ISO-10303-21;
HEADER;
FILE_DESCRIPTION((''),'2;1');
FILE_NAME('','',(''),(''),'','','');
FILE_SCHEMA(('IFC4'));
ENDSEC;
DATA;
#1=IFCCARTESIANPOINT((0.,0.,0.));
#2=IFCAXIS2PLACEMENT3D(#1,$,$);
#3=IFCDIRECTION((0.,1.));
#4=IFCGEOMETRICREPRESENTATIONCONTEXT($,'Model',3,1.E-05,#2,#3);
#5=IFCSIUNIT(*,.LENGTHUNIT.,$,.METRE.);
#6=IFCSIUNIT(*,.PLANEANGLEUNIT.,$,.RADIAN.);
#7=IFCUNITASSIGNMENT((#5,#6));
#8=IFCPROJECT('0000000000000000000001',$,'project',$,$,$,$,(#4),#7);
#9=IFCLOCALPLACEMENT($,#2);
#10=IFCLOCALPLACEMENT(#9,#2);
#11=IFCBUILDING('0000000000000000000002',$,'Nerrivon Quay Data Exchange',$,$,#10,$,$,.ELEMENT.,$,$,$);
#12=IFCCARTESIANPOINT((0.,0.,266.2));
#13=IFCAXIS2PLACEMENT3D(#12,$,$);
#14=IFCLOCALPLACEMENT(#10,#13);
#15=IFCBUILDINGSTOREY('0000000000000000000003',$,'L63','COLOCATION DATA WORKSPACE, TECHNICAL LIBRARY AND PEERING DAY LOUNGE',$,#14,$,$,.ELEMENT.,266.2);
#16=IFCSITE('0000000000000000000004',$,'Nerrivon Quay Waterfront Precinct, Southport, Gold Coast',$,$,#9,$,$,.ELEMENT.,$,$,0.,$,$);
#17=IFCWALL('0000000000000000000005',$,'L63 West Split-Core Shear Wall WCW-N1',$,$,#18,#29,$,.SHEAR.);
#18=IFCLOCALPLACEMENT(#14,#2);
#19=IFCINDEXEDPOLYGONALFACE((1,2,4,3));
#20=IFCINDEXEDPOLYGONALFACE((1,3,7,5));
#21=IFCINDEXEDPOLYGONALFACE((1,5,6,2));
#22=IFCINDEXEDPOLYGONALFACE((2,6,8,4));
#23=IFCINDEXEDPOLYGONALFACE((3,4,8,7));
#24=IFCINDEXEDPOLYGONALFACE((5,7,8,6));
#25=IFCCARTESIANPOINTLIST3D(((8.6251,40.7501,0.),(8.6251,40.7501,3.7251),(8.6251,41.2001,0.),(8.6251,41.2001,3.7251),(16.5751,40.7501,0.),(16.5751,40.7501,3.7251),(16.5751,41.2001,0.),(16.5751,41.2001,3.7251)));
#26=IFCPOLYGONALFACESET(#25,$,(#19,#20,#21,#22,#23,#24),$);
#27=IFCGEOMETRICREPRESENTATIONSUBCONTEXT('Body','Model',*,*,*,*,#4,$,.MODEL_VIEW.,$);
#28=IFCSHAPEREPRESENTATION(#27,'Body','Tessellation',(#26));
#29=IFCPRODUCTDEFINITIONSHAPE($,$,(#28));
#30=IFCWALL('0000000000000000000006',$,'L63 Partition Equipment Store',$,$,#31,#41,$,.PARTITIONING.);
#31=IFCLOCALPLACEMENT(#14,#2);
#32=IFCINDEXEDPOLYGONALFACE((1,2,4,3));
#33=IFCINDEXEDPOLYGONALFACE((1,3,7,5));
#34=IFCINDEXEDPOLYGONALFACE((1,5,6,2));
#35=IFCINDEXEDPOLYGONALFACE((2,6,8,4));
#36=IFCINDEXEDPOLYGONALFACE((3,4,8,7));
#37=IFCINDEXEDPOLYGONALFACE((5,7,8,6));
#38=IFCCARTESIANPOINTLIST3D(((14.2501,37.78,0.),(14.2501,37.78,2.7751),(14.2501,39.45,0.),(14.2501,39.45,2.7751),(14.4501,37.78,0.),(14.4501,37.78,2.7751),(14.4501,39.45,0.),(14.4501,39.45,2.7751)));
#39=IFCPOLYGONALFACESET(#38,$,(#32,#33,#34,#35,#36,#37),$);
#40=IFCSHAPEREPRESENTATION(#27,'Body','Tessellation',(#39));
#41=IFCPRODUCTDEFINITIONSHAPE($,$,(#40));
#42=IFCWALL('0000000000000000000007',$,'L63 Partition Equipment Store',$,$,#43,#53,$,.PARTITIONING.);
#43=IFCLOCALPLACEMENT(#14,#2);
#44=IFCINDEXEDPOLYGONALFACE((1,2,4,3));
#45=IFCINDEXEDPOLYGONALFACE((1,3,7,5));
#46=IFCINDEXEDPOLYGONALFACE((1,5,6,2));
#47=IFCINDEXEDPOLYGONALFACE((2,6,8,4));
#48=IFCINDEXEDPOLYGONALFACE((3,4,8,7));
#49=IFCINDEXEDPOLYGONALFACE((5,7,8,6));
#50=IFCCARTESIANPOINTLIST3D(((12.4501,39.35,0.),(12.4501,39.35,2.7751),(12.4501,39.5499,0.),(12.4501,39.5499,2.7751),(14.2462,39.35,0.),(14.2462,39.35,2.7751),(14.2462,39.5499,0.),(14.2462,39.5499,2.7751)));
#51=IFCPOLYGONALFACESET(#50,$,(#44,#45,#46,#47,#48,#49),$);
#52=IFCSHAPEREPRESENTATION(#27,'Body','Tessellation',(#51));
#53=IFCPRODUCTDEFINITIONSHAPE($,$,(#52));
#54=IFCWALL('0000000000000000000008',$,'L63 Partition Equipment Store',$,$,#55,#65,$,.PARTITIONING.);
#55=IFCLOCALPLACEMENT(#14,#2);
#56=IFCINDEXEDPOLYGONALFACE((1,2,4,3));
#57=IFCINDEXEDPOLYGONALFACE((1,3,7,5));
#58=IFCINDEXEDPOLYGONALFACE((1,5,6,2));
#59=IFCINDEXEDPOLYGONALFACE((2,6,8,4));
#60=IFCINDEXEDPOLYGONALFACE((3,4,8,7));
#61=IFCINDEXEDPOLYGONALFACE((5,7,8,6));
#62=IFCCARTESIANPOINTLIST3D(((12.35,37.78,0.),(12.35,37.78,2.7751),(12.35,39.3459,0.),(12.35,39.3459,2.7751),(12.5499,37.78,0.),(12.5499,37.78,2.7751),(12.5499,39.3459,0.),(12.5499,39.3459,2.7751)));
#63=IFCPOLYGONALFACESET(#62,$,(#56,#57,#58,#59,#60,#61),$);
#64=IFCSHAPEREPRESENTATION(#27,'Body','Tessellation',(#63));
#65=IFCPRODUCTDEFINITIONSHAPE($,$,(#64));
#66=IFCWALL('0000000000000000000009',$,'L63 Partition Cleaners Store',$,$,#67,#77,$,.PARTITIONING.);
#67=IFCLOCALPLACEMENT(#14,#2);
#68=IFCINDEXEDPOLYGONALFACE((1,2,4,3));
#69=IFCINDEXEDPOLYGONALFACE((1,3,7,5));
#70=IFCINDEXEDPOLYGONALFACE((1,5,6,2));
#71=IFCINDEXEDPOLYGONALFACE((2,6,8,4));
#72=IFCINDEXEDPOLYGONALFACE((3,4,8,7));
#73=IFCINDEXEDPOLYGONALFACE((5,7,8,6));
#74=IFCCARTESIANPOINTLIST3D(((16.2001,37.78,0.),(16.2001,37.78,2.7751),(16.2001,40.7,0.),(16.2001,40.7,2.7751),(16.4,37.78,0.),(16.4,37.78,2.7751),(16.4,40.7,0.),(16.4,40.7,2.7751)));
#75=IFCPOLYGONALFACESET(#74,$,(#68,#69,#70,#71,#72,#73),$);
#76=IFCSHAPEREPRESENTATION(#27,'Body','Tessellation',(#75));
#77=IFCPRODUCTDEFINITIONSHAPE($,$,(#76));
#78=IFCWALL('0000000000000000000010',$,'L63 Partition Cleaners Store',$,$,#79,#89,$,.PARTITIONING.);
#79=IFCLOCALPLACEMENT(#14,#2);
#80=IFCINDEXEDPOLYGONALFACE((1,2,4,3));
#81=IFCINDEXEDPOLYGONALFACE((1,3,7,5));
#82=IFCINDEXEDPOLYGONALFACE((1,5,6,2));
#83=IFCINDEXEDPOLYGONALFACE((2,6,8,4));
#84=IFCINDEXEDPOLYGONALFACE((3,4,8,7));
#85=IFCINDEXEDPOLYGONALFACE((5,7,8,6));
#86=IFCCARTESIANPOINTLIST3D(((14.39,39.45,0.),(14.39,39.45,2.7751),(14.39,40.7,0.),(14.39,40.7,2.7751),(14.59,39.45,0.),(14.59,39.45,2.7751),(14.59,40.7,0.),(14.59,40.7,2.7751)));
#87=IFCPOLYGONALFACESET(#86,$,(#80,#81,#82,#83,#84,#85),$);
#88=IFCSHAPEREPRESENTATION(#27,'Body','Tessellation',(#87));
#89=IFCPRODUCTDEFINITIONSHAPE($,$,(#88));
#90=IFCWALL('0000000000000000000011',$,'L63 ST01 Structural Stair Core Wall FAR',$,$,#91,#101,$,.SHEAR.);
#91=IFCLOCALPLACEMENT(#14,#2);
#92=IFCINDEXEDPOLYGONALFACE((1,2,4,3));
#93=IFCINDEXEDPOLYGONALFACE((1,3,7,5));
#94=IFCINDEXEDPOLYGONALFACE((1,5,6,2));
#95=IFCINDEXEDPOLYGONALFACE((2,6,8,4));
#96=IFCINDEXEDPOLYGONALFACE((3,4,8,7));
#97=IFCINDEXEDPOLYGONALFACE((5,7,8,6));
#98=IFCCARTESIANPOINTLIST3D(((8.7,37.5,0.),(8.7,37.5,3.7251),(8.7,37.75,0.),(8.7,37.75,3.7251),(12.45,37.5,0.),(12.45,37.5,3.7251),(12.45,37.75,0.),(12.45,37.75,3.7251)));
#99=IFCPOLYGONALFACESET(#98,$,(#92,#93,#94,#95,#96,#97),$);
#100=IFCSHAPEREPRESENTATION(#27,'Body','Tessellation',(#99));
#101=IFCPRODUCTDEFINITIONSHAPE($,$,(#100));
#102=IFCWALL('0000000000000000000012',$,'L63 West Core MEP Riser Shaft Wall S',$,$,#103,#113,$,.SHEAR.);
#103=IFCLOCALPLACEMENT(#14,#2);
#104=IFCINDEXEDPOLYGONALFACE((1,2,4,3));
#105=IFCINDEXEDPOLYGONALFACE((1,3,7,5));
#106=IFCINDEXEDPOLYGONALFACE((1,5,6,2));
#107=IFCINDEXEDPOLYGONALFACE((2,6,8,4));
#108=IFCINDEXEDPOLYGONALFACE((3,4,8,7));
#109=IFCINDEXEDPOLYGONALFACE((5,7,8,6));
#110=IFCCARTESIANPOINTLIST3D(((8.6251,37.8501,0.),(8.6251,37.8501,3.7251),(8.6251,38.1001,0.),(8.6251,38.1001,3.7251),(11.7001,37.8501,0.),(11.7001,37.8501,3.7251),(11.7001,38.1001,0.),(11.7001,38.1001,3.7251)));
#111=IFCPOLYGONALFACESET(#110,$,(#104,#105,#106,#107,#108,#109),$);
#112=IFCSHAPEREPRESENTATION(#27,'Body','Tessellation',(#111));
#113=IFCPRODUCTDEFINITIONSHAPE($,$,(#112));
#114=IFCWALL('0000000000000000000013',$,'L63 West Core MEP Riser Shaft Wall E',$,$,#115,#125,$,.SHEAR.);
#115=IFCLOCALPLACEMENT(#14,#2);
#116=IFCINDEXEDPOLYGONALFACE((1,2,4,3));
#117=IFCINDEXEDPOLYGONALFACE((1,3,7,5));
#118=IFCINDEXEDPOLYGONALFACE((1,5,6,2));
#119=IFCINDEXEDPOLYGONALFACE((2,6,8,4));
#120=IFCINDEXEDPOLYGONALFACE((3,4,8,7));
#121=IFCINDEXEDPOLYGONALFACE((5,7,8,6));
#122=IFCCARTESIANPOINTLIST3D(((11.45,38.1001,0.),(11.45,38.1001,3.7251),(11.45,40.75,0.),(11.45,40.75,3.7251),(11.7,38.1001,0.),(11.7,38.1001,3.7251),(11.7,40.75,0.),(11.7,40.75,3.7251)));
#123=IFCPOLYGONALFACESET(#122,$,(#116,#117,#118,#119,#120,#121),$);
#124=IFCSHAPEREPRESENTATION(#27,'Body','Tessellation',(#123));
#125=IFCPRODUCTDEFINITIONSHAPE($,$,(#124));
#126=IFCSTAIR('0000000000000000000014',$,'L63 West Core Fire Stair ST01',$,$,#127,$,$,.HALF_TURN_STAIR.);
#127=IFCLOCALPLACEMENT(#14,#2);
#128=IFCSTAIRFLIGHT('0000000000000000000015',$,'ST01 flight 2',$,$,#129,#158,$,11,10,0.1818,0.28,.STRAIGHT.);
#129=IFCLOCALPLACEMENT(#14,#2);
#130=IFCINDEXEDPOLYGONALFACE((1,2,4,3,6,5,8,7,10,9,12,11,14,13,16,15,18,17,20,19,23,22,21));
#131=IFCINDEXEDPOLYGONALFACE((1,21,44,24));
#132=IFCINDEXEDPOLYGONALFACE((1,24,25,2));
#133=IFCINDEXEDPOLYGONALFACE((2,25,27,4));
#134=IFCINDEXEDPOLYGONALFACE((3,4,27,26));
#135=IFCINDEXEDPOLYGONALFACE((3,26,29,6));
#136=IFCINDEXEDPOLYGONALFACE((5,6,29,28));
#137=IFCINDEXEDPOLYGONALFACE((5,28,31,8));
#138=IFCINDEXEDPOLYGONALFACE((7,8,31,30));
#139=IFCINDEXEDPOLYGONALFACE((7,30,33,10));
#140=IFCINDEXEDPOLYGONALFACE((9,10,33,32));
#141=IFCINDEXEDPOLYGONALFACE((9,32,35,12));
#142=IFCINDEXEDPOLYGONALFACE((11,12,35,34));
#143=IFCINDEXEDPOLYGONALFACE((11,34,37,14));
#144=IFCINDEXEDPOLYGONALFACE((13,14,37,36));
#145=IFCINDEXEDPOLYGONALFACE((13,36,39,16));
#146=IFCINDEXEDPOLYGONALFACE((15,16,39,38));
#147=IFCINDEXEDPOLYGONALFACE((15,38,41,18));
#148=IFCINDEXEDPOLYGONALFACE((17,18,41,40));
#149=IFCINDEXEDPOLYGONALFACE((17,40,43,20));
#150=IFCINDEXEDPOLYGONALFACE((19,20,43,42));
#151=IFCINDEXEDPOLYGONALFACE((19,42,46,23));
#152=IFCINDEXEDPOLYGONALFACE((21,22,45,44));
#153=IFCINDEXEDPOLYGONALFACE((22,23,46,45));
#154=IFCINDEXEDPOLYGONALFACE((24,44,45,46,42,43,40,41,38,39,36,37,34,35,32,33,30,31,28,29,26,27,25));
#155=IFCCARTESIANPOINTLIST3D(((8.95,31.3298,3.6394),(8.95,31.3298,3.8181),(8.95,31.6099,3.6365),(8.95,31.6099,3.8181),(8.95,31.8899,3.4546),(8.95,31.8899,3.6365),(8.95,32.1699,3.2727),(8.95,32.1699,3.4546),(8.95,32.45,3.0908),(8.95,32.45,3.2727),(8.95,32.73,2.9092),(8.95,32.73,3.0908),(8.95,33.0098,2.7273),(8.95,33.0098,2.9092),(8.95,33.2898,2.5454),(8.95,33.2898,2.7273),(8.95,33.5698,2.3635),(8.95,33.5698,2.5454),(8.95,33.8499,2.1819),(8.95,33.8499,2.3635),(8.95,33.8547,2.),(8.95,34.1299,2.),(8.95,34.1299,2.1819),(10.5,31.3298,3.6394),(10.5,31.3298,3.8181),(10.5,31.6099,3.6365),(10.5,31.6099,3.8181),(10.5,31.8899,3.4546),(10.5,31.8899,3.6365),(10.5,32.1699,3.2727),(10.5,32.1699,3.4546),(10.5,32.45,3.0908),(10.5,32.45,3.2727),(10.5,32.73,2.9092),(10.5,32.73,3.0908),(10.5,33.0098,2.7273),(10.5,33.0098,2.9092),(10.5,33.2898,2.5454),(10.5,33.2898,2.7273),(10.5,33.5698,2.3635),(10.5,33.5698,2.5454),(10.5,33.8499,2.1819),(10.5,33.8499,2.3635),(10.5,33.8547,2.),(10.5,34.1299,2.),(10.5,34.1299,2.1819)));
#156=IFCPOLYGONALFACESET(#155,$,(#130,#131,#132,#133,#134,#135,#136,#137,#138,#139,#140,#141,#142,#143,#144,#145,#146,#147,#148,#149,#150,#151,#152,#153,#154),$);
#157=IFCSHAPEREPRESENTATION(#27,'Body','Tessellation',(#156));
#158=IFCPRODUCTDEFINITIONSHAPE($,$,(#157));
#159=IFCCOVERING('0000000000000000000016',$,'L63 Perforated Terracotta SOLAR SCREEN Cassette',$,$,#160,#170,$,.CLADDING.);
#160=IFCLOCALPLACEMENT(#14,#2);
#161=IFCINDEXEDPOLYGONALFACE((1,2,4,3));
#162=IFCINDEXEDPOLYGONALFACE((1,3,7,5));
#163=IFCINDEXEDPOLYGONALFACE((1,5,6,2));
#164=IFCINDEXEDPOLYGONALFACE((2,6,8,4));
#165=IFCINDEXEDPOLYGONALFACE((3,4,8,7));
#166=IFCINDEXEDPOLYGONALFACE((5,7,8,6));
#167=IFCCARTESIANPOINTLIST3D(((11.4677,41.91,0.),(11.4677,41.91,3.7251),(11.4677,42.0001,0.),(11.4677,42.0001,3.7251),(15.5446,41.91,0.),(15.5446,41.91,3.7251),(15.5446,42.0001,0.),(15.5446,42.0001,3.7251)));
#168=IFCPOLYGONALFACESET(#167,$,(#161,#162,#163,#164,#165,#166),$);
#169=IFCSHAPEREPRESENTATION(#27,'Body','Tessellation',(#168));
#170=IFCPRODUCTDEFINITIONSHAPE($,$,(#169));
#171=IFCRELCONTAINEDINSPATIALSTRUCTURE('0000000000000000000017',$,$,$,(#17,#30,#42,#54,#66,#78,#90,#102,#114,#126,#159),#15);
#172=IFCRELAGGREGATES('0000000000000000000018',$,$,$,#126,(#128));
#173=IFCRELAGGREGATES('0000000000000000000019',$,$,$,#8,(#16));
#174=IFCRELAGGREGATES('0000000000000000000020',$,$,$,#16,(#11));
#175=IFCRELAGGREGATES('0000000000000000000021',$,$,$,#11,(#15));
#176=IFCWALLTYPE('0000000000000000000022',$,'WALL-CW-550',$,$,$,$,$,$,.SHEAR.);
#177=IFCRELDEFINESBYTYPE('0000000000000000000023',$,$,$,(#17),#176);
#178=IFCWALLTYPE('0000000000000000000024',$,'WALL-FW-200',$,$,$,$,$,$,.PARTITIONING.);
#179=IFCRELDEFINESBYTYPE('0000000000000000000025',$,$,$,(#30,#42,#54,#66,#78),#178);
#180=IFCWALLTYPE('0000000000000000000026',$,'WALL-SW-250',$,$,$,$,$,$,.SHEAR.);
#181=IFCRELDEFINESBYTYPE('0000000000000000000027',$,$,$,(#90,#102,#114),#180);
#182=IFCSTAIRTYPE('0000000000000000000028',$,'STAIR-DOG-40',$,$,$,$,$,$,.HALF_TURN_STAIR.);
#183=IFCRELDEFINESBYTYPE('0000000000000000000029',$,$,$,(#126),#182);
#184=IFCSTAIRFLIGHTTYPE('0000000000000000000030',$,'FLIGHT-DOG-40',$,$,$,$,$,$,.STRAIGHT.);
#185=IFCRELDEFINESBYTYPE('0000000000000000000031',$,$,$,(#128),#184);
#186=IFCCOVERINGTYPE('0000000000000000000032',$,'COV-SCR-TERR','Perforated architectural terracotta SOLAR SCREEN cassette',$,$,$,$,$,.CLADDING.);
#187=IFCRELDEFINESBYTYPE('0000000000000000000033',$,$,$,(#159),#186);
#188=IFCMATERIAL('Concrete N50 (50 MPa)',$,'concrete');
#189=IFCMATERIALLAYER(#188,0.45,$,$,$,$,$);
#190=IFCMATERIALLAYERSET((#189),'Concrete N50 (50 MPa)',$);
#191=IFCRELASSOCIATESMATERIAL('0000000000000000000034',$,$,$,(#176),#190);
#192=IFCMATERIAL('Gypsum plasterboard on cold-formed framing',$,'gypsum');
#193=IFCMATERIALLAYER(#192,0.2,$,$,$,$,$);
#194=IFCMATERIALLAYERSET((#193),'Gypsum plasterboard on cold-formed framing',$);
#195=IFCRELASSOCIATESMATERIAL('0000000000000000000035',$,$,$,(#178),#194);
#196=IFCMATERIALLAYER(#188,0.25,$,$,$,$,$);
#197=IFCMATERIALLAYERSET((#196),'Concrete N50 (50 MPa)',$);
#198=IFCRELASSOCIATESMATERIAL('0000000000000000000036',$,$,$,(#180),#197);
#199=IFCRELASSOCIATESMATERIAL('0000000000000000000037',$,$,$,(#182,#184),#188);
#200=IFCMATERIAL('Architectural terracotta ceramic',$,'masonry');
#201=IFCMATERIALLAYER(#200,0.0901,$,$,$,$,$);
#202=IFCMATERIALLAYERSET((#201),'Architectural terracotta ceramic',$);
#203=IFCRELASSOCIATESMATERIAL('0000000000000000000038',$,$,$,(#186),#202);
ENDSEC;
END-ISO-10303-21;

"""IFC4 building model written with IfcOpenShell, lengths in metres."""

from ifc_helpers import new_model, si_unit, direction, frame, frame_2d, origin, origin_2d, place, context, subcontext, project, spatial, polyline, rectangle, outline, extrude, material, layer, layer_set, type_object, element, aggregate, save


model = new_model("IFC4")

# Units and contexts
model_context = context("Model", 3, precision=1e-05, world=origin(), true_north=direction((0.0, 1.0)))
body_context = subcontext(model_context, "Body", "Model", "MODEL_VIEW")
ifc_project = project(units=[si_unit("LENGTHUNIT", "METRE"), si_unit("PLANEANGLEUNIT", "RADIAN")], contexts=[model_context])

# Site, building, storey
site_placement = place(None, origin())
site = spatial("IfcSite", under=ifc_project, at=site_placement, Name="Nerrivon Quay Waterfront Precinct, Southport, Gold Coast", CompositionType="ELEMENT", RefElevation=0.0)
building_placement = place(site_placement, origin())
building = spatial("IfcBuilding", under=site, at=building_placement, Name="Nerrivon Quay Data Exchange", CompositionType="ELEMENT")
storey_placement = place(building_placement, frame((0.0, 0.0, 266.2)))
storey = spatial("IfcBuildingStorey", under=building, at=storey_placement, Name="L63", Description="COLOCATION DATA WORKSPACE, TECHNICAL LIBRARY AND PEERING DAY LOUNGE", CompositionType="ELEMENT", Elevation=266.2)

# Shared definitions
ifc_material_1 = material(Name="Concrete N50 (50 MPa)", Category="concrete")

# Walls
ifc_layer_1 = layer(ifc_material_1, 0.45)
ifc_layer_set_1 = layer_set([ifc_layer_1], Name="Concrete N50 (50 MPa)")
wall_type_1 = type_object("IfcWallType", Name="WALL-CW-550", PredefinedType="SHEAR", material=ifc_layer_set_1)
wall_1_placement = place(storey_placement, frame((8.625, 40.9751, 0.0), z_axis=(0.0, 0.0, 1.0), x_axis=(1.0, 0.0, 0.0)))
element("IfcWall", 1, at=wall_1_placement, inside=storey, type_object=wall_type_1, Name="L63 West Split-Core Shear Wall WCW-N1", PredefinedType="SHEAR", context=body_context, shape_type="SweptSolid", body=[
    extrude(rectangle(XDim=7.95, YDim=0.45, at=frame_2d((3.9751, 0.0))), origin(), (0.0, 0.0, 1.0), 3.7251),
])
ifc_material_2 = material(Name="Gypsum plasterboard on cold-formed framing", Category="gypsum")
ifc_layer_2 = layer(ifc_material_2, 0.2)
ifc_layer_set_2 = layer_set([ifc_layer_2], Name="Gypsum plasterboard on cold-formed framing")
wall_type_2 = type_object("IfcWallType", Name="WALL-FW-200", PredefinedType="PARTITIONING", material=ifc_layer_set_2)
wall_2_placement = place(storey_placement, frame((14.3501, 37.78, 0.0), z_axis=(0.0, 0.0, 1.0), x_axis=(0.0, 1.0, 0.0)))
element("IfcWall", 2, at=wall_2_placement, inside=storey, type_object=wall_type_2, Name="L63 Partition Equipment Store", PredefinedType="PARTITIONING", context=body_context, shape_type="SweptSolid", body=[
    extrude(rectangle(XDim=1.6699, YDim=0.2, at=frame_2d((0.835, 0.0))), origin(), (0.0, 0.0, 1.0), 2.7751),
])
wall_3_placement = place(storey_placement, frame((14.2461, 39.45, 0.0), z_axis=(0.0, 0.0, 1.0), x_axis=(-1.0, 0.0, 0.0)))
element("IfcWall", 3, at=wall_3_placement, inside=storey, type_object=wall_type_2, Name="L63 Partition Equipment Store", PredefinedType="PARTITIONING", context=body_context, shape_type="SweptSolid", body=[
    extrude(rectangle(XDim=1.7961, YDim=0.2, at=frame_2d((0.8979, 0.0))), origin(), (0.0, 0.0, 1.0), 2.7751),
])
wall_4_placement = place(storey_placement, frame((12.45, 39.3459, 0.0), z_axis=(0.0, 0.0, 1.0), x_axis=(0.0, -1.0, 0.0)))
element("IfcWall", 4, at=wall_4_placement, inside=storey, type_object=wall_type_2, Name="L63 Partition Equipment Store", PredefinedType="PARTITIONING", context=body_context, shape_type="SweptSolid", body=[
    extrude(rectangle(XDim=1.5659, YDim=0.2, at=frame_2d((0.783, 0.0))), origin(), (0.0, 0.0, 1.0), 2.7751),
])
wall_5_placement = place(storey_placement, frame((16.3, 37.78, 0.0), z_axis=(0.0, 0.0, 1.0), x_axis=(0.0, 1.0, 0.0)))
element("IfcWall", 5, at=wall_5_placement, inside=storey, type_object=wall_type_2, Name="L63 Partition Cleaners Store", PredefinedType="PARTITIONING", context=body_context, shape_type="SweptSolid", body=[
    extrude(rectangle(XDim=2.9199, YDim=0.2, at=frame_2d((1.46, 0.0))), origin(), (0.0, 0.0, 1.0), 2.7751),
])
wall_6_placement = place(storey_placement, frame((14.49, 40.7, 0.0), z_axis=(0.0, 0.0, 1.0), x_axis=(0.0, -1.0, 0.0)))
element("IfcWall", 6, at=wall_6_placement, inside=storey, type_object=wall_type_2, Name="L63 Partition Cleaners Store", PredefinedType="PARTITIONING", context=body_context, shape_type="SweptSolid", body=[
    extrude(rectangle(XDim=1.25, YDim=0.2, at=frame_2d((0.625, 0.0))), origin(), (0.0, 0.0, 1.0), 2.7751),
])
ifc_layer_3 = layer(ifc_material_1, 0.25)
ifc_layer_set_3 = layer_set([ifc_layer_3], Name="Concrete N50 (50 MPa)")
wall_type_3 = type_object("IfcWallType", Name="WALL-SW-250", PredefinedType="SHEAR", material=ifc_layer_set_3)
wall_7_placement = place(storey_placement, frame((12.45, 37.625, 0.0), z_axis=(0.0, 0.0, 1.0), x_axis=(-1.0, 0.0, 0.0)))
element("IfcWall", 7, at=wall_7_placement, inside=storey, type_object=wall_type_3, Name="L63 ST01 Structural Stair Core Wall FAR", PredefinedType="SHEAR", context=body_context, shape_type="SweptSolid", body=[
    extrude(rectangle(XDim=3.75, YDim=0.25, at=frame_2d((1.875, 0.0))), origin(), (0.0, 0.0, 1.0), 3.7251),
])
wall_8_placement = place(storey_placement, frame((8.625, 37.9751, 0.0), z_axis=(0.0, 0.0, 1.0), x_axis=(1.0, 0.0, 0.0)))
element("IfcWall", 8, at=wall_8_placement, inside=storey, type_object=wall_type_3, Name="L63 West Core MEP Riser Shaft Wall S", PredefinedType="SHEAR", context=body_context, shape_type="SweptSolid", body=[
    extrude(rectangle(XDim=3.075, YDim=0.25, at=frame_2d((1.5376, 0.0))), origin(), (0.0, 0.0, 1.0), 3.7251),
])
wall_9_placement = place(storey_placement, frame((11.575, 38.1001, 0.0), z_axis=(0.0, 0.0, 1.0), x_axis=(0.0, 1.0, 0.0)))
element("IfcWall", 9, at=wall_9_placement, inside=storey, type_object=wall_type_3, Name="L63 West Core MEP Riser Shaft Wall E", PredefinedType="SHEAR", context=body_context, shape_type="SweptSolid", body=[
    extrude(rectangle(XDim=2.6499, YDim=0.25, at=frame_2d((1.325, 0.0))), origin(), (0.0, 0.0, 1.0), 3.7251),
])

# Stair, stair flight
stair_type = type_object("IfcStairType", Name="STAIR-DOG-40", PredefinedType="HALF_TURN_STAIR", material=ifc_material_1)
stair_placement = place(storey_placement, origin())
stair = element("IfcStair", 10, at=stair_placement, inside=storey, type_object=stair_type, Name="L63 West Core Fire Stair ST01", PredefinedType="HALF_TURN_STAIR")
stair_flight_type = type_object("IfcStairFlightType", Name="FLIGHT-DOG-40", PredefinedType="STRAIGHT", material=ifc_material_1)
stair_flight_placement = place(storey_placement, frame((9.7251, 34.1299, 2.0), z_axis=(0.0, 0.0, 1.0), x_axis=(0.0, -1.0, 0.0)))
stair_flight = element("IfcStairFlight", 11, at=stair_flight_placement, type_object=stair_flight_type, Name="ST01 flight 2", NumberOfRisers=11, NumberOfTreads=10, PredefinedType="STRAIGHT", RiserHeight=0.1818, TreadLength=0.28, context=body_context, shape_type="SweptSolid", body=[
    extrude(outline(polyline([(0.0, 0.0), (0.0, 0.1819), (0.28, 0.1819), (0.28, 0.3635), (0.5601, 0.3635), (0.5601, 0.5454), (0.8401, 0.5454), (0.8401, 0.7273), (1.1201, 0.7273), (1.1201, 0.9092), (1.3999, 0.9092), (1.3999, 1.0908), (1.6799, 1.0908), (1.6799, 1.2727), (1.96, 1.2727), (1.96, 1.4546), (2.24, 1.4546), (2.24, 1.6365), (2.52, 1.6365), (2.52, 1.8181), (2.8, 1.8181), (2.8, 2.0), (2.8, 1.6394), (0.2751, 0.0), (0.0, 0.0)])), frame((0.0, 0.7749, 0.0), z_axis=(0.0, -1.0, 0.0), x_axis=(1.0, 0.0, 0.0)), (0.0, 0.0, 1.0), 1.55),
])
aggregate(stair, [stair_flight])

# Covering
ifc_material_3 = material(Name="Architectural terracotta ceramic", Category="masonry")
ifc_layer_4 = layer(ifc_material_3, 0.0901)
ifc_layer_set_4 = layer_set([ifc_layer_4], Name="Architectural terracotta ceramic")
covering_type = type_object("IfcCoveringType", Name="COV-SCR-TERR", Description="Perforated architectural terracotta SOLAR SCREEN cassette", PredefinedType="CLADDING", material=ifc_layer_set_4)
covering_placement = place(storey_placement, frame((13.5061, 41.9551, 0.0), z_axis=(0.0, 0.0, 1.0), x_axis=(1.0, 0.0, 0.0)))
element("IfcCovering", 12, at=covering_placement, inside=storey, type_object=covering_type, Name="L63 Perforated Terracotta SOLAR SCREEN Cassette", PredefinedType="CLADDING", context=body_context, shape_type="SweptSolid", body=[
    extrude(rectangle(XDim=4.0769, YDim=0.0901, at=origin_2d()), origin(), (0.0, 0.0, 1.0), 3.7251),
])

save(model, "model.ifc")
